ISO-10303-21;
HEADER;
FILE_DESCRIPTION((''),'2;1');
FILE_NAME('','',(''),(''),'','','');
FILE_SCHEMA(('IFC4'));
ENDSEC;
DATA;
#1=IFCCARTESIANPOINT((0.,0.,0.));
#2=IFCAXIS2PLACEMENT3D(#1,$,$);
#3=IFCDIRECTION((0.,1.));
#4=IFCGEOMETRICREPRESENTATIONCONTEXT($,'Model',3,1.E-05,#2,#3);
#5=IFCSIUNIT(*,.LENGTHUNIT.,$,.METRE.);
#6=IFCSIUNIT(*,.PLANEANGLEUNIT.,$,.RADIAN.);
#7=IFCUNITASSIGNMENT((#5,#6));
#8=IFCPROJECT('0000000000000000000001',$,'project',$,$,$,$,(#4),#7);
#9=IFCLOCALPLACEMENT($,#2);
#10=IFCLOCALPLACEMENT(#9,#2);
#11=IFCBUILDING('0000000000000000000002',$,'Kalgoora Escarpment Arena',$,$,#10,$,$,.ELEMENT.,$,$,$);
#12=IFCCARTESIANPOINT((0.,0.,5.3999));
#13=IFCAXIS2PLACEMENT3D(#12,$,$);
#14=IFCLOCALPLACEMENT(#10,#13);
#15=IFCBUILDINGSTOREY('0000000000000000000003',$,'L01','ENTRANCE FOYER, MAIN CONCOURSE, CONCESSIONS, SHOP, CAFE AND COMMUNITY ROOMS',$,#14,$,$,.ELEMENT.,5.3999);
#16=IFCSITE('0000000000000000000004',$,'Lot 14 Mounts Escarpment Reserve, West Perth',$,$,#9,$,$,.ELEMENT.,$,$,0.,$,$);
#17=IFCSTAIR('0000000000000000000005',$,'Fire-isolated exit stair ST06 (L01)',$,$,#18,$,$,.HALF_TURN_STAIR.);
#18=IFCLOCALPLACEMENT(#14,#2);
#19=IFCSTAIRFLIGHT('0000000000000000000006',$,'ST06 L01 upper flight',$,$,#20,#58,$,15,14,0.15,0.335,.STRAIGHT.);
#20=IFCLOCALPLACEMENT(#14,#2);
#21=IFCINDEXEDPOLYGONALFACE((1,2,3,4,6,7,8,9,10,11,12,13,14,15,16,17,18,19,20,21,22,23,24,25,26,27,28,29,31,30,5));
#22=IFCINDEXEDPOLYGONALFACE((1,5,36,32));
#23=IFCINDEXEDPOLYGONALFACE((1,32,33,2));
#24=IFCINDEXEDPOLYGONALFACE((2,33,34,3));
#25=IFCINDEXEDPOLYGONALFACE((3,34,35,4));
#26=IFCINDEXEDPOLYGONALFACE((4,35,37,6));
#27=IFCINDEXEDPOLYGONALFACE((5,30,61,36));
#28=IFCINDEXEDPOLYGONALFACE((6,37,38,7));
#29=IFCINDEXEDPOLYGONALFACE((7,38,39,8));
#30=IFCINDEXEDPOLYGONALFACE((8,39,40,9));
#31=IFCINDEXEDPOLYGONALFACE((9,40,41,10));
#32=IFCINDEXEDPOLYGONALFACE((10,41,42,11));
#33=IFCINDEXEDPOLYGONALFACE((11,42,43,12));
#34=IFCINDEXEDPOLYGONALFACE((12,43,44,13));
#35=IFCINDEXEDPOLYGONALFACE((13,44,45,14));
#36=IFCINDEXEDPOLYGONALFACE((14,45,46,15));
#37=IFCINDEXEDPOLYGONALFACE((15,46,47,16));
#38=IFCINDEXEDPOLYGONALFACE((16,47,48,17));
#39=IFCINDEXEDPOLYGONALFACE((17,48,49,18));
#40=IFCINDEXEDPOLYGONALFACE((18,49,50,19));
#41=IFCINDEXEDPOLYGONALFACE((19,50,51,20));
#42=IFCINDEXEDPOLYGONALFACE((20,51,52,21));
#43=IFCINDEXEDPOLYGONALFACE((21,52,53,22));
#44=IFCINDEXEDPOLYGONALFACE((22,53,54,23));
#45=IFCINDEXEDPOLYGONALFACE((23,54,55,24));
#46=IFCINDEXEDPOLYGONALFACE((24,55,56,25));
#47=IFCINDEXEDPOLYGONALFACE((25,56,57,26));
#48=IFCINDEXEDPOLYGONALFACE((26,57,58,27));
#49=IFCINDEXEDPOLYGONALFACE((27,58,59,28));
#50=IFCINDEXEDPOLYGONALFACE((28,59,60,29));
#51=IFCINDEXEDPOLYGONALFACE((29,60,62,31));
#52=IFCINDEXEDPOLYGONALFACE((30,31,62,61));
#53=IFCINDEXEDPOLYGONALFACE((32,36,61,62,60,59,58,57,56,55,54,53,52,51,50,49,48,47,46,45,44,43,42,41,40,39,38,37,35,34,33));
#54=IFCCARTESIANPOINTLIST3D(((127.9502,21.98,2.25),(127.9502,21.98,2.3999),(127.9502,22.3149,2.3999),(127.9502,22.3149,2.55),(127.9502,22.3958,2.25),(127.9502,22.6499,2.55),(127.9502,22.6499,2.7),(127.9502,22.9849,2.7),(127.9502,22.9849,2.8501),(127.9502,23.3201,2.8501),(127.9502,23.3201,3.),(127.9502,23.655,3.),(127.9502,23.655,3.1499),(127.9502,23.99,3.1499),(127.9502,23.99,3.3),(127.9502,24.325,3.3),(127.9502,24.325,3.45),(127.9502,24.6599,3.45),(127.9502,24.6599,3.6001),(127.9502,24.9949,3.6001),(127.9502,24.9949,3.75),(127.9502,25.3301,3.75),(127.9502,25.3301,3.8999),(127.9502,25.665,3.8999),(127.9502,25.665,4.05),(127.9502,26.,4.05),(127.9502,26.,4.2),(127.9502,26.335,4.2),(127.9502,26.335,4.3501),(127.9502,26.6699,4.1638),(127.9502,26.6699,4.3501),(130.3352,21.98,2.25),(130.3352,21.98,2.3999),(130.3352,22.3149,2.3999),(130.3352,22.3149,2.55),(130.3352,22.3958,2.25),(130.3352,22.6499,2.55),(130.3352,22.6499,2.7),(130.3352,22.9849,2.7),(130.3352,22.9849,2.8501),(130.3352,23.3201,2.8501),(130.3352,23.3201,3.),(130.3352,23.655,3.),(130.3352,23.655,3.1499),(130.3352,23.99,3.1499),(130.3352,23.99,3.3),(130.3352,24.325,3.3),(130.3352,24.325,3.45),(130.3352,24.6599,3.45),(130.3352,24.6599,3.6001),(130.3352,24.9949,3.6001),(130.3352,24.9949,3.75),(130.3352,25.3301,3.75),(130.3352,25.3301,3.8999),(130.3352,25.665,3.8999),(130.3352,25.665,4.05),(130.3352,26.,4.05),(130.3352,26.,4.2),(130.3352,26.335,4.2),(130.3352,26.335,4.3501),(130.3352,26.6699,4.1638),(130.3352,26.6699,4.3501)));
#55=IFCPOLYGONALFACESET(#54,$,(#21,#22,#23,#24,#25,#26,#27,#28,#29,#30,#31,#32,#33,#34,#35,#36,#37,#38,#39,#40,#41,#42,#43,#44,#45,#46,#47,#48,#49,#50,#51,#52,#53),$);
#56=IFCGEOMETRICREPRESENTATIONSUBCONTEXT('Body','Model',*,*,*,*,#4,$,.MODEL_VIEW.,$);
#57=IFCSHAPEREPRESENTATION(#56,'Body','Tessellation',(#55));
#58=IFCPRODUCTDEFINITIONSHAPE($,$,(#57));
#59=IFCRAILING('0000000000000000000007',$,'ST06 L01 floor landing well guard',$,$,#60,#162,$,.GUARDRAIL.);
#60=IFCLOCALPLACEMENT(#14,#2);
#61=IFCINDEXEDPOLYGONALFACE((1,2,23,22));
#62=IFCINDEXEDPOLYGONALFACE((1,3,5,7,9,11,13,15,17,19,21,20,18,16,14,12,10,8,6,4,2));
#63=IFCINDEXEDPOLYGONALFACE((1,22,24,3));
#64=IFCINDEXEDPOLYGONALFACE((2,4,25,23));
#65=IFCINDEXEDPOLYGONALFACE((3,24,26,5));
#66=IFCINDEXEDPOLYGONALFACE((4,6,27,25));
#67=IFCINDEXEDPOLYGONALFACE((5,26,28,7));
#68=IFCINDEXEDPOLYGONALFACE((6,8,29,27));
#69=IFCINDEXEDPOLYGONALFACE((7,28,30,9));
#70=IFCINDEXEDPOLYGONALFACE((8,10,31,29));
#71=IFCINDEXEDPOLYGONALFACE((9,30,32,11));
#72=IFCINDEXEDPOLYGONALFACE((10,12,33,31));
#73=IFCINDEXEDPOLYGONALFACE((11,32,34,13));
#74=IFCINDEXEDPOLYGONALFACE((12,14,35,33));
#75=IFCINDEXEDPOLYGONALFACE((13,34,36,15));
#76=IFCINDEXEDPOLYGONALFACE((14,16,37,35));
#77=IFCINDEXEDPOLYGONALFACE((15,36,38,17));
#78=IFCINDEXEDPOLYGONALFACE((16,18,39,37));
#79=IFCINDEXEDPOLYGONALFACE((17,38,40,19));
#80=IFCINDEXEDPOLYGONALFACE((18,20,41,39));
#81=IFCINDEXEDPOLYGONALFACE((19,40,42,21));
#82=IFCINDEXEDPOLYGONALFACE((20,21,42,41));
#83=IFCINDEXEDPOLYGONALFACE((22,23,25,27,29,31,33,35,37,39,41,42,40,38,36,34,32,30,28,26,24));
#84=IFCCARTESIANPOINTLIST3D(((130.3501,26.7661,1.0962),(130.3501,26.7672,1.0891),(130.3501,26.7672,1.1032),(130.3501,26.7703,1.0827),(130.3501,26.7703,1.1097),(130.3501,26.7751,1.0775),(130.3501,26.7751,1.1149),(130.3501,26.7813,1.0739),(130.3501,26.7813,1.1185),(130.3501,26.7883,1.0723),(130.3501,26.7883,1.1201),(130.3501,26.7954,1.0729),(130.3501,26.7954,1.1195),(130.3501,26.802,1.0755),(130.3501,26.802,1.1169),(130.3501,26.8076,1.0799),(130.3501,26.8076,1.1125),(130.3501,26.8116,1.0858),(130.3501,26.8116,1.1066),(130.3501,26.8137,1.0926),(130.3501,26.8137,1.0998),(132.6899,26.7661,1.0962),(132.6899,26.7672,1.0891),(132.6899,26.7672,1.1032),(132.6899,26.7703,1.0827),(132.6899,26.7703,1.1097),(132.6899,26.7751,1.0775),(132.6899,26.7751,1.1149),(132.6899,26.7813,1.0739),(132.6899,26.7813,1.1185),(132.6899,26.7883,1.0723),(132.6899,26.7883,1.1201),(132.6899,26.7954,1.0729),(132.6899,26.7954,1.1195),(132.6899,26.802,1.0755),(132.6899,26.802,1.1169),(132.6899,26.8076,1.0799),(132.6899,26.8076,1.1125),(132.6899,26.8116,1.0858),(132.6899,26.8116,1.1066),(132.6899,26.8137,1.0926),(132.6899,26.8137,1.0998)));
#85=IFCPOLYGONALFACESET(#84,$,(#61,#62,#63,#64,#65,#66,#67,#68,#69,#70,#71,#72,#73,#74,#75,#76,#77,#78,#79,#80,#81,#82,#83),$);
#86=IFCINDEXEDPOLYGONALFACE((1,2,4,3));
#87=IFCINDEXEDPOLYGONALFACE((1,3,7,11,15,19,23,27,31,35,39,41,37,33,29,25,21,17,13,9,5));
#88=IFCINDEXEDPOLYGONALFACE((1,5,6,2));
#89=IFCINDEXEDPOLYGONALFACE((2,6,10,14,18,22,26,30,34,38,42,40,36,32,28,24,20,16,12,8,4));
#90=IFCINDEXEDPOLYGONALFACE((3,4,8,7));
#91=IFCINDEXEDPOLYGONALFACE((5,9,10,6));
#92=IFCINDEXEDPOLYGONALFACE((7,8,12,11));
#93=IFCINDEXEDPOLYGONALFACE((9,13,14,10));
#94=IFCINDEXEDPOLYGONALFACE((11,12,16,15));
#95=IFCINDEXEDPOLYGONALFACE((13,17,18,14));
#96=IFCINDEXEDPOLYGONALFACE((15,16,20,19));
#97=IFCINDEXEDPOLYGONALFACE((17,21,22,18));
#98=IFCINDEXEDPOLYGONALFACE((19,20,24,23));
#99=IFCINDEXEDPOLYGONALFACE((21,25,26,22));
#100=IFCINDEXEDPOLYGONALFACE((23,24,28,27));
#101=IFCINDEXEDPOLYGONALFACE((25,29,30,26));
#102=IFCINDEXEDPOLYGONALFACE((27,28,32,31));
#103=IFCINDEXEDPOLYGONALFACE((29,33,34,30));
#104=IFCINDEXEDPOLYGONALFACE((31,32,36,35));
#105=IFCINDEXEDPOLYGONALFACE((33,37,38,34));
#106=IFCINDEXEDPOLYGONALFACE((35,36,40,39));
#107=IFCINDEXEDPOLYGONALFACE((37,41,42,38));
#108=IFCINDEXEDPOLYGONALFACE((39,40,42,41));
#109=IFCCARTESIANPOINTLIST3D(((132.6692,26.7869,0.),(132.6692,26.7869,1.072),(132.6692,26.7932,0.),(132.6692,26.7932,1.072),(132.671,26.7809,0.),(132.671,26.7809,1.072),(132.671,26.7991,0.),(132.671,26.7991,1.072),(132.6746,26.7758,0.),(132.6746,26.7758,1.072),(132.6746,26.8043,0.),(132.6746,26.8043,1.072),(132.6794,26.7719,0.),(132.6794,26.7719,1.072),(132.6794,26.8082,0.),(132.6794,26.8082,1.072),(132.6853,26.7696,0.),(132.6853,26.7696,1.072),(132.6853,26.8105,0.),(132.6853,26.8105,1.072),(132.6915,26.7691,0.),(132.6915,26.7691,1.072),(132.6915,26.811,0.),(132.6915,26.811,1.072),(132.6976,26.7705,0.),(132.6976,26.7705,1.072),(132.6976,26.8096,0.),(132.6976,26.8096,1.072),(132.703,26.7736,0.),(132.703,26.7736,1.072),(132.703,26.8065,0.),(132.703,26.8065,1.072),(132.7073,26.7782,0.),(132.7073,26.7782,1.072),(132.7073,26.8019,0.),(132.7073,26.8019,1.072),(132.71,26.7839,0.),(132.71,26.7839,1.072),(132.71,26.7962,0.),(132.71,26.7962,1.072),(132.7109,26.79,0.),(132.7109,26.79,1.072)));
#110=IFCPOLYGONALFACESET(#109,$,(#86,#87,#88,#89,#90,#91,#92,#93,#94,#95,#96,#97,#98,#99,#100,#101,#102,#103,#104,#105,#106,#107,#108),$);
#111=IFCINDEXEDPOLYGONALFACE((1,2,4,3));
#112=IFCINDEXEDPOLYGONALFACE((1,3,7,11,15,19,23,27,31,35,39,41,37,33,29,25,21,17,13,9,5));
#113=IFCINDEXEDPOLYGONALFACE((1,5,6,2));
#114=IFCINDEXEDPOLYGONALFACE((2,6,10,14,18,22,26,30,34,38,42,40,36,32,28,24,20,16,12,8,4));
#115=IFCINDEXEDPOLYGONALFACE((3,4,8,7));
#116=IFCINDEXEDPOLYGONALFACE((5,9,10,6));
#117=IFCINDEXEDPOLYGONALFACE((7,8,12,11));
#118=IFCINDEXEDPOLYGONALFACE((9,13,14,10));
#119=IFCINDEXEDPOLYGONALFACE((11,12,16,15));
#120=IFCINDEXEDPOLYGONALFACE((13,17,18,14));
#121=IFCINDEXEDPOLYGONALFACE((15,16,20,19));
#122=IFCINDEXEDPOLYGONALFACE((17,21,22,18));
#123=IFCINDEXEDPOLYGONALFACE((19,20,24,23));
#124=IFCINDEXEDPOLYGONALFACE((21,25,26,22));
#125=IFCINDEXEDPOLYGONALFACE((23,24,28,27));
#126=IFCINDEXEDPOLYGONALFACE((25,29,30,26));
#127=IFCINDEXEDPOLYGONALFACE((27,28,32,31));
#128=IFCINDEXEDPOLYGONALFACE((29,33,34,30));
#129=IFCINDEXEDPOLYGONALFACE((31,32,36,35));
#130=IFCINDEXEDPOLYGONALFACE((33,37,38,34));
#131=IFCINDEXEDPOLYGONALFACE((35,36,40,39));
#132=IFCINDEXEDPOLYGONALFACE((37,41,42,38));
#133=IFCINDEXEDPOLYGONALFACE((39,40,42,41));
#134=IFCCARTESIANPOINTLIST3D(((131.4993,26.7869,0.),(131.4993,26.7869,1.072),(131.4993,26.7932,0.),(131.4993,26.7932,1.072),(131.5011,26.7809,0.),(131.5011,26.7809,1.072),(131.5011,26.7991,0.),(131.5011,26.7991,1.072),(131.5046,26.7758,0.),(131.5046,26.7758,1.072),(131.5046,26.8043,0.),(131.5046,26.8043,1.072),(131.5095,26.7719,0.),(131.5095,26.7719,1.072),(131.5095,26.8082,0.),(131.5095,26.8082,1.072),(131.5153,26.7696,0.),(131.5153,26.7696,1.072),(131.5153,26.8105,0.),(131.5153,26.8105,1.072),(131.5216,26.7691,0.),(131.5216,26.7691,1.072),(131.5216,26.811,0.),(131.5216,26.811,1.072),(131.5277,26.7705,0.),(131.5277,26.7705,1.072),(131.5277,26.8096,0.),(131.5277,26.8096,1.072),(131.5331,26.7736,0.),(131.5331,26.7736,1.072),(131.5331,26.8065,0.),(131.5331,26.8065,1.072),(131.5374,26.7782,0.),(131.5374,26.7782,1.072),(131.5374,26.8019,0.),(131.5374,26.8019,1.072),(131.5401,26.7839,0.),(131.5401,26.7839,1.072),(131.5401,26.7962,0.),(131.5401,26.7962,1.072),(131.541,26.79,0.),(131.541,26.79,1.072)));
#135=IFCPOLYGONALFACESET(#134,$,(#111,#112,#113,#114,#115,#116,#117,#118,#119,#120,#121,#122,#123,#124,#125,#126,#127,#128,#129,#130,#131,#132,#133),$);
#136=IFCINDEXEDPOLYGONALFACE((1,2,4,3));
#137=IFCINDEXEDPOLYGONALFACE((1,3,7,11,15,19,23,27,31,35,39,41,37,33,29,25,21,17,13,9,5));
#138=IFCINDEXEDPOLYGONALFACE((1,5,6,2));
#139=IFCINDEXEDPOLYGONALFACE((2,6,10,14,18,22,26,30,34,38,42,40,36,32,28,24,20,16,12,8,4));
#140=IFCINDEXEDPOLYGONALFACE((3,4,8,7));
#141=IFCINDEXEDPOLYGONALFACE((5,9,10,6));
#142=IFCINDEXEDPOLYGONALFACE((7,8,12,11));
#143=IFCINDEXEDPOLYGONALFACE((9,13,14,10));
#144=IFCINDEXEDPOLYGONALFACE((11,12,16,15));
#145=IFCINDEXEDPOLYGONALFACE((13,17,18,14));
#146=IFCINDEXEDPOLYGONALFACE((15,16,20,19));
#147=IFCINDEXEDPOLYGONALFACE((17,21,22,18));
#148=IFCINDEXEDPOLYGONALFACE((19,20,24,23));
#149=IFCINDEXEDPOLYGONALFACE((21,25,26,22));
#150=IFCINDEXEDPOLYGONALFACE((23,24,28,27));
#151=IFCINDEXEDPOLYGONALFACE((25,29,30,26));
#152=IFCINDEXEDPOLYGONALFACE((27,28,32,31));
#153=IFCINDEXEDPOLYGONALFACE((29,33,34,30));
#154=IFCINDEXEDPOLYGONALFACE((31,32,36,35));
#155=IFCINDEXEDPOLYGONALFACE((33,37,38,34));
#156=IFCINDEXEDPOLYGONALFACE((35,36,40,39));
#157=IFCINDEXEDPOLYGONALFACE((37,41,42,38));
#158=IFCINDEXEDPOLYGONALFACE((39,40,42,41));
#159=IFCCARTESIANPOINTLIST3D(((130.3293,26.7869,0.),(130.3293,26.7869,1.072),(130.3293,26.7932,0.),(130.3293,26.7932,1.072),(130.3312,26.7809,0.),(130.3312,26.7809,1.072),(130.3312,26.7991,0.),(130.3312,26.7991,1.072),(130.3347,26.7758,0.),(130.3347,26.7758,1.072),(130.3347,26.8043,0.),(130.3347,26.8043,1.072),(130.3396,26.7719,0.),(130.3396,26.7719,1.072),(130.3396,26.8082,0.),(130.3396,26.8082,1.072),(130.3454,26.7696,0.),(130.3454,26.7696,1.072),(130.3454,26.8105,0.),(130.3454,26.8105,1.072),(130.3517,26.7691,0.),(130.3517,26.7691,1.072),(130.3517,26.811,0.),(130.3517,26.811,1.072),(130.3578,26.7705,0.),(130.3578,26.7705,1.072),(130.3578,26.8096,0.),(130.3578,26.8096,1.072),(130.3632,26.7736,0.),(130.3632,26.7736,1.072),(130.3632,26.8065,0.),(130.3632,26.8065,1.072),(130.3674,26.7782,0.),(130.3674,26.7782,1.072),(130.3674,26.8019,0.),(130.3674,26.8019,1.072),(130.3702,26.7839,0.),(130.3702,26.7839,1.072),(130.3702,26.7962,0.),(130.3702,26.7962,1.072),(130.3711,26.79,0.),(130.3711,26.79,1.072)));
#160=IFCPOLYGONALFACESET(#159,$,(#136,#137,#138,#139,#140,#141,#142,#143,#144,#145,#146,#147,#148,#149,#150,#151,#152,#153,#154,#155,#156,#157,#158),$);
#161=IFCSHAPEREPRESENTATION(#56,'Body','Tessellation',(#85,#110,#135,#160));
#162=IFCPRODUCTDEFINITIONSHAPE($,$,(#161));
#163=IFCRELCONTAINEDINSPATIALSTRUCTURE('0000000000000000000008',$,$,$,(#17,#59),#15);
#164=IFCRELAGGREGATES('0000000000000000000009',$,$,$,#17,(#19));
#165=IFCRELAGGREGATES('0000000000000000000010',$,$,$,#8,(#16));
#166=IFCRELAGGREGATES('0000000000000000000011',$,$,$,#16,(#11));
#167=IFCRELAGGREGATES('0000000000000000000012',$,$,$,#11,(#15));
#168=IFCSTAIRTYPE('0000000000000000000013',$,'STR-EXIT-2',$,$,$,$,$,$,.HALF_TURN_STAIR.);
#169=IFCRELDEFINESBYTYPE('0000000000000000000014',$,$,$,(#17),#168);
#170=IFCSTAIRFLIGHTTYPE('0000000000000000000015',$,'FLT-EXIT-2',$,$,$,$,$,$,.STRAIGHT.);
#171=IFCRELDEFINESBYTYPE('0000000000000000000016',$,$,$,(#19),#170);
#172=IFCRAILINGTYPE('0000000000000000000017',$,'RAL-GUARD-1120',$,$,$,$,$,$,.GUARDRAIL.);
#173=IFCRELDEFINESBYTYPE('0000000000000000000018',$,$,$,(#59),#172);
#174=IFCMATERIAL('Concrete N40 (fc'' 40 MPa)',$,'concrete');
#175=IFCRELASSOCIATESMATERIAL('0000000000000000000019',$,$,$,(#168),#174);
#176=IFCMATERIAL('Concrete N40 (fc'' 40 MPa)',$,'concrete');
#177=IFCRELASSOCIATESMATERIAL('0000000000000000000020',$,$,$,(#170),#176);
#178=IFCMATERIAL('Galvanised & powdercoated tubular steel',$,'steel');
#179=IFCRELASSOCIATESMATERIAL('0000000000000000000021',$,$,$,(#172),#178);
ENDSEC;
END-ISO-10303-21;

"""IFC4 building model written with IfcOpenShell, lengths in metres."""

from ifc_helpers import new_model, si_unit, direction, frame, origin, origin_2d, place, context, subcontext, project, spatial, polyline, circle, outline, extrude, material, type_object, element, aggregate, save


model = new_model("IFC4")

# Units and contexts
model_context = context("Model", 3, precision=1e-05, world=origin(), true_north=direction((0.0, 1.0)))
body_context = subcontext(model_context, "Body", "Model", "MODEL_VIEW")
ifc_project = project(units=[si_unit("LENGTHUNIT", "METRE"), si_unit("PLANEANGLEUNIT", "RADIAN")], contexts=[model_context])

# Site, building, storey
site_placement = place(None, origin())
site = spatial("IfcSite", under=ifc_project, at=site_placement, Name="Lot 14 Mounts Escarpment Reserve, West Perth", CompositionType="ELEMENT", RefElevation=0.0)
building_placement = place(site_placement, origin())
building = spatial("IfcBuilding", under=site, at=building_placement, Name="Kalgoora Escarpment Arena", CompositionType="ELEMENT")
storey_placement = place(building_placement, frame((0.0, 0.0, 5.3999)))
storey = spatial("IfcBuildingStorey", under=building, at=storey_placement, Name="L01", Description="ENTRANCE FOYER, MAIN CONCOURSE, CONCESSIONS, SHOP, CAFE AND COMMUNITY ROOMS", CompositionType="ELEMENT", Elevation=5.3999)

# Stair, stair flight
ifc_material_1 = material(Name="Concrete N40 (fc' 40 MPa)", Category="concrete")
stair_type = type_object("IfcStairType", Name="STR-EXIT-2", PredefinedType="HALF_TURN_STAIR", material=ifc_material_1)
stair_placement = place(storey_placement, origin())
stair = element("IfcStair", 1, at=stair_placement, inside=storey, type_object=stair_type, Name="Fire-isolated exit stair ST06 (L01)", PredefinedType="HALF_TURN_STAIR")
ifc_material_2 = material(Name="Concrete N40 (fc' 40 MPa)", Category="concrete")
stair_flight_type = type_object("IfcStairFlightType", Name="FLT-EXIT-2", PredefinedType="STRAIGHT", material=ifc_material_2)
stair_flight_1_placement = place(storey_placement, frame((129.1426, 21.98, 2.25), z_axis=(0.0, 0.0, 1.0), x_axis=(0.0, 1.0, 0.0)))
stair_flight_1 = element("IfcStairFlight", 2, at=stair_flight_1_placement, type_object=stair_flight_type, Name="ST06 L01 upper flight", NumberOfRisers=15, NumberOfTreads=14, PredefinedType="STRAIGHT", RiserHeight=0.15, TreadLength=0.335, context=body_context, shape_type="SweptSolid", body=[
    extrude(outline(polyline([(0.0, 0.0), (0.0, 0.1499), (0.335, 0.1499), (0.335, 0.3), (0.6699, 0.3), (0.6699, 0.45), (1.0049, 0.45), (1.0049, 0.6001), (1.3401, 0.6001), (1.3401, 0.75), (1.675, 0.75), (1.675, 0.8999), (2.01, 0.8999), (2.01, 1.05), (2.345, 1.05), (2.345, 1.2), (2.6799, 1.2), (2.6799, 1.3501), (3.0149, 1.3501), (3.0149, 1.5), (3.3501, 1.5), (3.3501, 1.6499), (3.6851, 1.6499), (3.6851, 1.8), (4.02, 1.8), (4.02, 1.95), (4.355, 1.95), (4.355, 2.1001), (4.6899, 2.1001), (4.6899, 2.25), (4.6899, 1.9138), (0.4158, 0.0), (0.0, 0.0)])), frame((0.0, 1.1924, 0.0), z_axis=(0.0, -1.0, 0.0), x_axis=(1.0, 0.0, 0.0)), (0.0, 0.0, 1.0), 2.385),
])
aggregate(stair, [stair_flight_1])

# Railing
ifc_material_3 = material(Name="Galvanised & powdercoated tubular steel", Category="steel")
railing_type_1 = type_object("IfcRailingType", Name="RAL-GUARD-1120", PredefinedType="GUARDRAIL", material=ifc_material_3)
railing_placement = place(storey_placement, frame((132.6899, 26.79, 0.0)))
element("IfcRailing", 3, at=railing_placement, inside=storey, type_object=railing_type_1, Name="ST06 L01 floor landing well guard", PredefinedType="GUARDRAIL", context=body_context, shape_type="SweptSolid", body=[
    extrude(circle(Radius=0.0239, at=origin_2d()), frame((0.0, 0.0, 1.0962), z_axis=(-1.0, 0.0, 0.0), x_axis=(0.0, -1.0, 0.0)), (0.0, 0.0, 1.0), 2.3398),
    extrude(circle(Radius=0.021, at=origin_2d()), origin(), (0.0, 0.0, 1.0), 1.072),
    extrude(circle(Radius=0.021, at=origin_2d()), frame((-1.1699, 0.0, 0.0)), (0.0, 0.0, 1.0), 1.072),
    extrude(circle(Radius=0.021, at=origin_2d()), frame((-2.3398, 0.0, 0.0)), (0.0, 0.0, 1.0), 1.072),
])

save(model, "model.ifc")
